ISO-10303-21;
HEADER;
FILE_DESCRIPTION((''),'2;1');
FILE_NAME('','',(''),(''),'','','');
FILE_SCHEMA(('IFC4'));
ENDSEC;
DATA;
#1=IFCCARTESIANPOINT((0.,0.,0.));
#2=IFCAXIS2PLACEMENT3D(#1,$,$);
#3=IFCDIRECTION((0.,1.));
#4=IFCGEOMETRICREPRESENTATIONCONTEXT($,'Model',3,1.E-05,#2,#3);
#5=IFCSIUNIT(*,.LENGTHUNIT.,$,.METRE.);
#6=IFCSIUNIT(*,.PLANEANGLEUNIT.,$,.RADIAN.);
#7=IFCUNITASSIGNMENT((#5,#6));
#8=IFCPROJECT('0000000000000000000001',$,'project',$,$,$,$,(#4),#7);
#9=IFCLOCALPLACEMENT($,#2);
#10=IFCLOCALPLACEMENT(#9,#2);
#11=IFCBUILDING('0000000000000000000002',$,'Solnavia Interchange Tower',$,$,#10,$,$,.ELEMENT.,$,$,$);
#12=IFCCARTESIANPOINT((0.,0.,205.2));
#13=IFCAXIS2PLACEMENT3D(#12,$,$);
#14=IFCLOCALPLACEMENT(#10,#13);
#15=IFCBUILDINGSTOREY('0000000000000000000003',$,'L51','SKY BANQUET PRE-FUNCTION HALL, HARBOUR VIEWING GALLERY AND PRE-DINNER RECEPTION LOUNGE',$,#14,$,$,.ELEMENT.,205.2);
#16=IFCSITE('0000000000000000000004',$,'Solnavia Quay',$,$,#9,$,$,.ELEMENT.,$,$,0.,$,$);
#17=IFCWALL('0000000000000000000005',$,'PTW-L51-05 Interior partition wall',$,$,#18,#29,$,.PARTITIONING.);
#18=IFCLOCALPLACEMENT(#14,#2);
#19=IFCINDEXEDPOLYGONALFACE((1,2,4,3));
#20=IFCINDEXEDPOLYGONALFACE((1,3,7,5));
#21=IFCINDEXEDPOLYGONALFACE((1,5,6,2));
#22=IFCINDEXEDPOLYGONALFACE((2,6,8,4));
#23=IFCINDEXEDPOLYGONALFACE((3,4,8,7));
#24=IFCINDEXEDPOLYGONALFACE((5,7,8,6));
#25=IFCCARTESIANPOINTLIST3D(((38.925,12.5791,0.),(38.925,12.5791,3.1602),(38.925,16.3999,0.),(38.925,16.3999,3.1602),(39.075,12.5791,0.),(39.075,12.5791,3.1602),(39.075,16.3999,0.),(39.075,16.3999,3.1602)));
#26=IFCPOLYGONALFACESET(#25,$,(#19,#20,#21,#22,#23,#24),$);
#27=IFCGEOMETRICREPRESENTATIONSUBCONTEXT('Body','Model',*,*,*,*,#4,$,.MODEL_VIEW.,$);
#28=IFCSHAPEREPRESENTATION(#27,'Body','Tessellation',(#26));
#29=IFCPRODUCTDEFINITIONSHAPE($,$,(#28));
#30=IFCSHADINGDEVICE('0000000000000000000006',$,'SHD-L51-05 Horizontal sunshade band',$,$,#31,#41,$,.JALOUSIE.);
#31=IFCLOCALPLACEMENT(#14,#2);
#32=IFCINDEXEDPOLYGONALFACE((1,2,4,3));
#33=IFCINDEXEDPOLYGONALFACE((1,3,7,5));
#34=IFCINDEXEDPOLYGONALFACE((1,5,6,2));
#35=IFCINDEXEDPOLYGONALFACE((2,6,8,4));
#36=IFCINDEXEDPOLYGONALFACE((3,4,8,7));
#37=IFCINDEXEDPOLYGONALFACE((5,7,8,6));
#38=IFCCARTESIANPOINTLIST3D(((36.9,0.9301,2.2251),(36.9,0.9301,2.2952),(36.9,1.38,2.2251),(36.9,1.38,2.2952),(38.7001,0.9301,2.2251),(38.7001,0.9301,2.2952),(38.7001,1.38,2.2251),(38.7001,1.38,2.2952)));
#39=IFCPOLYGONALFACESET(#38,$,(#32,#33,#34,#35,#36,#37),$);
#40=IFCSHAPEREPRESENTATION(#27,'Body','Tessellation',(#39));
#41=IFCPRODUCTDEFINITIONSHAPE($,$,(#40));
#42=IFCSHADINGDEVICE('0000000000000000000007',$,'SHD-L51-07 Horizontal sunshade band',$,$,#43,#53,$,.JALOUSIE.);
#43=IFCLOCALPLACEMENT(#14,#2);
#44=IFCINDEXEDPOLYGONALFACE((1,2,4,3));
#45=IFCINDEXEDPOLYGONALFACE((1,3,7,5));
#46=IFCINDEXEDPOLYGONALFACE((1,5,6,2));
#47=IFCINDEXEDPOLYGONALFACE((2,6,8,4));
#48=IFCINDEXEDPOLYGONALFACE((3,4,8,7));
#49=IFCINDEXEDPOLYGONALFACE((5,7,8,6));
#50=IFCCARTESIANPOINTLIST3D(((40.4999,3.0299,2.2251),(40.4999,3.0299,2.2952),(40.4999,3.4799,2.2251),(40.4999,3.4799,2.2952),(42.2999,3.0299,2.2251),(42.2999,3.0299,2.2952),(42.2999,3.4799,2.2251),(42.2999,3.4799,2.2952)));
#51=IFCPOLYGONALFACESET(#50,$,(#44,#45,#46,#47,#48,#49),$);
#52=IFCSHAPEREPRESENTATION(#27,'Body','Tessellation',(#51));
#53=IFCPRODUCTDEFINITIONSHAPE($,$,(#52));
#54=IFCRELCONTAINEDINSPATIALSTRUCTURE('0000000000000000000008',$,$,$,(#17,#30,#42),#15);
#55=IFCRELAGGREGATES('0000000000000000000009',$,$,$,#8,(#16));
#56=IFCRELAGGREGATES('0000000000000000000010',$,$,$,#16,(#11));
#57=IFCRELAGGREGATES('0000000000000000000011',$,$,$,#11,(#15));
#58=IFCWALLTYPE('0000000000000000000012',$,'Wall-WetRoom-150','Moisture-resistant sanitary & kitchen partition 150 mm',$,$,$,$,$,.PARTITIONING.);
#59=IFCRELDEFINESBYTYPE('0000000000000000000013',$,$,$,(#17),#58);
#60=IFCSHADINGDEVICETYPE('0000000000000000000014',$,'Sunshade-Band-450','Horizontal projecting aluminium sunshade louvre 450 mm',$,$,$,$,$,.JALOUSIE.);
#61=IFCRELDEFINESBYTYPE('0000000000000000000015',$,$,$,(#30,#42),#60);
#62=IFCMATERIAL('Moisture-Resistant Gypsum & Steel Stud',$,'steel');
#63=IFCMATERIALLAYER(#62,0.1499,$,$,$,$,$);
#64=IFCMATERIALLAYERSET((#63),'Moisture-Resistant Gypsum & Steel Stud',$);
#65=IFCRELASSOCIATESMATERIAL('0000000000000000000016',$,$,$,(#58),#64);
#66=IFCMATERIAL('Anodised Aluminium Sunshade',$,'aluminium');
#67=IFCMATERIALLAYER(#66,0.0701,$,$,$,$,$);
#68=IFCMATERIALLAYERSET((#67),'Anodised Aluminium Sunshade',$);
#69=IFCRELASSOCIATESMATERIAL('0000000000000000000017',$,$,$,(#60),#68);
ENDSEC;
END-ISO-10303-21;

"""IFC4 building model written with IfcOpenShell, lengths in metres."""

from ifc_helpers import new_model, si_unit, direction, frame, frame_2d, origin, origin_2d, place, context, subcontext, project, spatial, rectangle, extrude, material, layer, layer_set, type_object, element, save


model = new_model("IFC4")

# Units and contexts
model_context = context("Model", 3, precision=1e-05, world=origin(), true_north=direction((0.0, 1.0)))
body_context = subcontext(model_context, "Body", "Model", "MODEL_VIEW")
ifc_project = project(units=[si_unit("LENGTHUNIT", "METRE"), si_unit("PLANEANGLEUNIT", "RADIAN")], contexts=[model_context])

# Site, building, storey
site_placement = place(None, origin())
site = spatial("IfcSite", under=ifc_project, at=site_placement, Name="Solnavia Quay", CompositionType="ELEMENT", RefElevation=0.0)
building_placement = place(site_placement, origin())
building = spatial("IfcBuilding", under=site, at=building_placement, Name="Solnavia Interchange Tower", CompositionType="ELEMENT")
storey_placement = place(building_placement, frame((0.0, 0.0, 205.2)))
storey = spatial("IfcBuildingStorey", under=building, at=storey_placement, Name="L51", Description="SKY BANQUET PRE-FUNCTION HALL, HARBOUR VIEWING GALLERY AND PRE-DINNER RECEPTION LOUNGE", CompositionType="ELEMENT", Elevation=205.2)

# Shared definitions
ifc_material_1 = material(Name="Moisture-Resistant Gypsum & Steel Stud", Category="steel")
ifc_layer_1 = layer(ifc_material_1, 0.1499)
ifc_layer_set_1 = layer_set([ifc_layer_1], Name="Moisture-Resistant Gypsum & Steel Stud")
wall_type_1 = type_object("IfcWallType", Name="Wall-WetRoom-150", Description="Moisture-resistant sanitary & kitchen partition 150 mm", PredefinedType="PARTITIONING", material=ifc_layer_set_1)

# Wall
wall_1_placement = place(storey_placement, frame((39.0, 12.5791, 0.0), z_axis=(0.0, 0.0, 1.0), x_axis=(0.0, 1.0, 0.0)))
element("IfcWall", 1, at=wall_1_placement, inside=storey, type_object=wall_type_1, Name="PTW-L51-05 Interior partition wall", PredefinedType="PARTITIONING", context=body_context, shape_type="SweptSolid", body=[
    extrude(rectangle(XDim=3.8208, YDim=0.1499, at=frame_2d((1.9104, 0.0))), origin(), (0.0, 0.0, 1.0), 3.1602),
])

# Shading devices
ifc_material_2 = material(Name="Anodised Aluminium Sunshade", Category="aluminium")
ifc_layer_2 = layer(ifc_material_2, 0.0701)
ifc_layer_set_2 = layer_set([ifc_layer_2], Name="Anodised Aluminium Sunshade")
shading_device_type = type_object("IfcShadingDeviceType", Name="Sunshade-Band-450", Description="Horizontal projecting aluminium sunshade louvre 450 mm", PredefinedType="JALOUSIE", material=ifc_layer_set_2)
for number, where, z_axis, x_axis, name in (
    (2, (37.8, 1.155, 2.2251), (0.0, 0.0, 1.0), (-1.0, 0.0, 0.0), "SHD-L51-05 Horizontal sunshade band"),
    (3, (41.3999, 3.2549, 2.2251), (0.0, 0.0, 1.0), (-1.0, 0.0, 0.0), "SHD-L51-07 Horizontal sunshade band"),
):
    element("IfcShadingDevice", number, at=place(storey_placement, frame(where, z_axis=z_axis, x_axis=x_axis)), inside=storey, type_object=shading_device_type, Name=name, PredefinedType="JALOUSIE", context=body_context, shape_type="SweptSolid", body=[
        extrude(rectangle(XDim=1.8, YDim=0.45, at=origin_2d()), origin(), (0.0, 0.0, 1.0), 0.0701),
    ])

save(model, "model.ifc")
